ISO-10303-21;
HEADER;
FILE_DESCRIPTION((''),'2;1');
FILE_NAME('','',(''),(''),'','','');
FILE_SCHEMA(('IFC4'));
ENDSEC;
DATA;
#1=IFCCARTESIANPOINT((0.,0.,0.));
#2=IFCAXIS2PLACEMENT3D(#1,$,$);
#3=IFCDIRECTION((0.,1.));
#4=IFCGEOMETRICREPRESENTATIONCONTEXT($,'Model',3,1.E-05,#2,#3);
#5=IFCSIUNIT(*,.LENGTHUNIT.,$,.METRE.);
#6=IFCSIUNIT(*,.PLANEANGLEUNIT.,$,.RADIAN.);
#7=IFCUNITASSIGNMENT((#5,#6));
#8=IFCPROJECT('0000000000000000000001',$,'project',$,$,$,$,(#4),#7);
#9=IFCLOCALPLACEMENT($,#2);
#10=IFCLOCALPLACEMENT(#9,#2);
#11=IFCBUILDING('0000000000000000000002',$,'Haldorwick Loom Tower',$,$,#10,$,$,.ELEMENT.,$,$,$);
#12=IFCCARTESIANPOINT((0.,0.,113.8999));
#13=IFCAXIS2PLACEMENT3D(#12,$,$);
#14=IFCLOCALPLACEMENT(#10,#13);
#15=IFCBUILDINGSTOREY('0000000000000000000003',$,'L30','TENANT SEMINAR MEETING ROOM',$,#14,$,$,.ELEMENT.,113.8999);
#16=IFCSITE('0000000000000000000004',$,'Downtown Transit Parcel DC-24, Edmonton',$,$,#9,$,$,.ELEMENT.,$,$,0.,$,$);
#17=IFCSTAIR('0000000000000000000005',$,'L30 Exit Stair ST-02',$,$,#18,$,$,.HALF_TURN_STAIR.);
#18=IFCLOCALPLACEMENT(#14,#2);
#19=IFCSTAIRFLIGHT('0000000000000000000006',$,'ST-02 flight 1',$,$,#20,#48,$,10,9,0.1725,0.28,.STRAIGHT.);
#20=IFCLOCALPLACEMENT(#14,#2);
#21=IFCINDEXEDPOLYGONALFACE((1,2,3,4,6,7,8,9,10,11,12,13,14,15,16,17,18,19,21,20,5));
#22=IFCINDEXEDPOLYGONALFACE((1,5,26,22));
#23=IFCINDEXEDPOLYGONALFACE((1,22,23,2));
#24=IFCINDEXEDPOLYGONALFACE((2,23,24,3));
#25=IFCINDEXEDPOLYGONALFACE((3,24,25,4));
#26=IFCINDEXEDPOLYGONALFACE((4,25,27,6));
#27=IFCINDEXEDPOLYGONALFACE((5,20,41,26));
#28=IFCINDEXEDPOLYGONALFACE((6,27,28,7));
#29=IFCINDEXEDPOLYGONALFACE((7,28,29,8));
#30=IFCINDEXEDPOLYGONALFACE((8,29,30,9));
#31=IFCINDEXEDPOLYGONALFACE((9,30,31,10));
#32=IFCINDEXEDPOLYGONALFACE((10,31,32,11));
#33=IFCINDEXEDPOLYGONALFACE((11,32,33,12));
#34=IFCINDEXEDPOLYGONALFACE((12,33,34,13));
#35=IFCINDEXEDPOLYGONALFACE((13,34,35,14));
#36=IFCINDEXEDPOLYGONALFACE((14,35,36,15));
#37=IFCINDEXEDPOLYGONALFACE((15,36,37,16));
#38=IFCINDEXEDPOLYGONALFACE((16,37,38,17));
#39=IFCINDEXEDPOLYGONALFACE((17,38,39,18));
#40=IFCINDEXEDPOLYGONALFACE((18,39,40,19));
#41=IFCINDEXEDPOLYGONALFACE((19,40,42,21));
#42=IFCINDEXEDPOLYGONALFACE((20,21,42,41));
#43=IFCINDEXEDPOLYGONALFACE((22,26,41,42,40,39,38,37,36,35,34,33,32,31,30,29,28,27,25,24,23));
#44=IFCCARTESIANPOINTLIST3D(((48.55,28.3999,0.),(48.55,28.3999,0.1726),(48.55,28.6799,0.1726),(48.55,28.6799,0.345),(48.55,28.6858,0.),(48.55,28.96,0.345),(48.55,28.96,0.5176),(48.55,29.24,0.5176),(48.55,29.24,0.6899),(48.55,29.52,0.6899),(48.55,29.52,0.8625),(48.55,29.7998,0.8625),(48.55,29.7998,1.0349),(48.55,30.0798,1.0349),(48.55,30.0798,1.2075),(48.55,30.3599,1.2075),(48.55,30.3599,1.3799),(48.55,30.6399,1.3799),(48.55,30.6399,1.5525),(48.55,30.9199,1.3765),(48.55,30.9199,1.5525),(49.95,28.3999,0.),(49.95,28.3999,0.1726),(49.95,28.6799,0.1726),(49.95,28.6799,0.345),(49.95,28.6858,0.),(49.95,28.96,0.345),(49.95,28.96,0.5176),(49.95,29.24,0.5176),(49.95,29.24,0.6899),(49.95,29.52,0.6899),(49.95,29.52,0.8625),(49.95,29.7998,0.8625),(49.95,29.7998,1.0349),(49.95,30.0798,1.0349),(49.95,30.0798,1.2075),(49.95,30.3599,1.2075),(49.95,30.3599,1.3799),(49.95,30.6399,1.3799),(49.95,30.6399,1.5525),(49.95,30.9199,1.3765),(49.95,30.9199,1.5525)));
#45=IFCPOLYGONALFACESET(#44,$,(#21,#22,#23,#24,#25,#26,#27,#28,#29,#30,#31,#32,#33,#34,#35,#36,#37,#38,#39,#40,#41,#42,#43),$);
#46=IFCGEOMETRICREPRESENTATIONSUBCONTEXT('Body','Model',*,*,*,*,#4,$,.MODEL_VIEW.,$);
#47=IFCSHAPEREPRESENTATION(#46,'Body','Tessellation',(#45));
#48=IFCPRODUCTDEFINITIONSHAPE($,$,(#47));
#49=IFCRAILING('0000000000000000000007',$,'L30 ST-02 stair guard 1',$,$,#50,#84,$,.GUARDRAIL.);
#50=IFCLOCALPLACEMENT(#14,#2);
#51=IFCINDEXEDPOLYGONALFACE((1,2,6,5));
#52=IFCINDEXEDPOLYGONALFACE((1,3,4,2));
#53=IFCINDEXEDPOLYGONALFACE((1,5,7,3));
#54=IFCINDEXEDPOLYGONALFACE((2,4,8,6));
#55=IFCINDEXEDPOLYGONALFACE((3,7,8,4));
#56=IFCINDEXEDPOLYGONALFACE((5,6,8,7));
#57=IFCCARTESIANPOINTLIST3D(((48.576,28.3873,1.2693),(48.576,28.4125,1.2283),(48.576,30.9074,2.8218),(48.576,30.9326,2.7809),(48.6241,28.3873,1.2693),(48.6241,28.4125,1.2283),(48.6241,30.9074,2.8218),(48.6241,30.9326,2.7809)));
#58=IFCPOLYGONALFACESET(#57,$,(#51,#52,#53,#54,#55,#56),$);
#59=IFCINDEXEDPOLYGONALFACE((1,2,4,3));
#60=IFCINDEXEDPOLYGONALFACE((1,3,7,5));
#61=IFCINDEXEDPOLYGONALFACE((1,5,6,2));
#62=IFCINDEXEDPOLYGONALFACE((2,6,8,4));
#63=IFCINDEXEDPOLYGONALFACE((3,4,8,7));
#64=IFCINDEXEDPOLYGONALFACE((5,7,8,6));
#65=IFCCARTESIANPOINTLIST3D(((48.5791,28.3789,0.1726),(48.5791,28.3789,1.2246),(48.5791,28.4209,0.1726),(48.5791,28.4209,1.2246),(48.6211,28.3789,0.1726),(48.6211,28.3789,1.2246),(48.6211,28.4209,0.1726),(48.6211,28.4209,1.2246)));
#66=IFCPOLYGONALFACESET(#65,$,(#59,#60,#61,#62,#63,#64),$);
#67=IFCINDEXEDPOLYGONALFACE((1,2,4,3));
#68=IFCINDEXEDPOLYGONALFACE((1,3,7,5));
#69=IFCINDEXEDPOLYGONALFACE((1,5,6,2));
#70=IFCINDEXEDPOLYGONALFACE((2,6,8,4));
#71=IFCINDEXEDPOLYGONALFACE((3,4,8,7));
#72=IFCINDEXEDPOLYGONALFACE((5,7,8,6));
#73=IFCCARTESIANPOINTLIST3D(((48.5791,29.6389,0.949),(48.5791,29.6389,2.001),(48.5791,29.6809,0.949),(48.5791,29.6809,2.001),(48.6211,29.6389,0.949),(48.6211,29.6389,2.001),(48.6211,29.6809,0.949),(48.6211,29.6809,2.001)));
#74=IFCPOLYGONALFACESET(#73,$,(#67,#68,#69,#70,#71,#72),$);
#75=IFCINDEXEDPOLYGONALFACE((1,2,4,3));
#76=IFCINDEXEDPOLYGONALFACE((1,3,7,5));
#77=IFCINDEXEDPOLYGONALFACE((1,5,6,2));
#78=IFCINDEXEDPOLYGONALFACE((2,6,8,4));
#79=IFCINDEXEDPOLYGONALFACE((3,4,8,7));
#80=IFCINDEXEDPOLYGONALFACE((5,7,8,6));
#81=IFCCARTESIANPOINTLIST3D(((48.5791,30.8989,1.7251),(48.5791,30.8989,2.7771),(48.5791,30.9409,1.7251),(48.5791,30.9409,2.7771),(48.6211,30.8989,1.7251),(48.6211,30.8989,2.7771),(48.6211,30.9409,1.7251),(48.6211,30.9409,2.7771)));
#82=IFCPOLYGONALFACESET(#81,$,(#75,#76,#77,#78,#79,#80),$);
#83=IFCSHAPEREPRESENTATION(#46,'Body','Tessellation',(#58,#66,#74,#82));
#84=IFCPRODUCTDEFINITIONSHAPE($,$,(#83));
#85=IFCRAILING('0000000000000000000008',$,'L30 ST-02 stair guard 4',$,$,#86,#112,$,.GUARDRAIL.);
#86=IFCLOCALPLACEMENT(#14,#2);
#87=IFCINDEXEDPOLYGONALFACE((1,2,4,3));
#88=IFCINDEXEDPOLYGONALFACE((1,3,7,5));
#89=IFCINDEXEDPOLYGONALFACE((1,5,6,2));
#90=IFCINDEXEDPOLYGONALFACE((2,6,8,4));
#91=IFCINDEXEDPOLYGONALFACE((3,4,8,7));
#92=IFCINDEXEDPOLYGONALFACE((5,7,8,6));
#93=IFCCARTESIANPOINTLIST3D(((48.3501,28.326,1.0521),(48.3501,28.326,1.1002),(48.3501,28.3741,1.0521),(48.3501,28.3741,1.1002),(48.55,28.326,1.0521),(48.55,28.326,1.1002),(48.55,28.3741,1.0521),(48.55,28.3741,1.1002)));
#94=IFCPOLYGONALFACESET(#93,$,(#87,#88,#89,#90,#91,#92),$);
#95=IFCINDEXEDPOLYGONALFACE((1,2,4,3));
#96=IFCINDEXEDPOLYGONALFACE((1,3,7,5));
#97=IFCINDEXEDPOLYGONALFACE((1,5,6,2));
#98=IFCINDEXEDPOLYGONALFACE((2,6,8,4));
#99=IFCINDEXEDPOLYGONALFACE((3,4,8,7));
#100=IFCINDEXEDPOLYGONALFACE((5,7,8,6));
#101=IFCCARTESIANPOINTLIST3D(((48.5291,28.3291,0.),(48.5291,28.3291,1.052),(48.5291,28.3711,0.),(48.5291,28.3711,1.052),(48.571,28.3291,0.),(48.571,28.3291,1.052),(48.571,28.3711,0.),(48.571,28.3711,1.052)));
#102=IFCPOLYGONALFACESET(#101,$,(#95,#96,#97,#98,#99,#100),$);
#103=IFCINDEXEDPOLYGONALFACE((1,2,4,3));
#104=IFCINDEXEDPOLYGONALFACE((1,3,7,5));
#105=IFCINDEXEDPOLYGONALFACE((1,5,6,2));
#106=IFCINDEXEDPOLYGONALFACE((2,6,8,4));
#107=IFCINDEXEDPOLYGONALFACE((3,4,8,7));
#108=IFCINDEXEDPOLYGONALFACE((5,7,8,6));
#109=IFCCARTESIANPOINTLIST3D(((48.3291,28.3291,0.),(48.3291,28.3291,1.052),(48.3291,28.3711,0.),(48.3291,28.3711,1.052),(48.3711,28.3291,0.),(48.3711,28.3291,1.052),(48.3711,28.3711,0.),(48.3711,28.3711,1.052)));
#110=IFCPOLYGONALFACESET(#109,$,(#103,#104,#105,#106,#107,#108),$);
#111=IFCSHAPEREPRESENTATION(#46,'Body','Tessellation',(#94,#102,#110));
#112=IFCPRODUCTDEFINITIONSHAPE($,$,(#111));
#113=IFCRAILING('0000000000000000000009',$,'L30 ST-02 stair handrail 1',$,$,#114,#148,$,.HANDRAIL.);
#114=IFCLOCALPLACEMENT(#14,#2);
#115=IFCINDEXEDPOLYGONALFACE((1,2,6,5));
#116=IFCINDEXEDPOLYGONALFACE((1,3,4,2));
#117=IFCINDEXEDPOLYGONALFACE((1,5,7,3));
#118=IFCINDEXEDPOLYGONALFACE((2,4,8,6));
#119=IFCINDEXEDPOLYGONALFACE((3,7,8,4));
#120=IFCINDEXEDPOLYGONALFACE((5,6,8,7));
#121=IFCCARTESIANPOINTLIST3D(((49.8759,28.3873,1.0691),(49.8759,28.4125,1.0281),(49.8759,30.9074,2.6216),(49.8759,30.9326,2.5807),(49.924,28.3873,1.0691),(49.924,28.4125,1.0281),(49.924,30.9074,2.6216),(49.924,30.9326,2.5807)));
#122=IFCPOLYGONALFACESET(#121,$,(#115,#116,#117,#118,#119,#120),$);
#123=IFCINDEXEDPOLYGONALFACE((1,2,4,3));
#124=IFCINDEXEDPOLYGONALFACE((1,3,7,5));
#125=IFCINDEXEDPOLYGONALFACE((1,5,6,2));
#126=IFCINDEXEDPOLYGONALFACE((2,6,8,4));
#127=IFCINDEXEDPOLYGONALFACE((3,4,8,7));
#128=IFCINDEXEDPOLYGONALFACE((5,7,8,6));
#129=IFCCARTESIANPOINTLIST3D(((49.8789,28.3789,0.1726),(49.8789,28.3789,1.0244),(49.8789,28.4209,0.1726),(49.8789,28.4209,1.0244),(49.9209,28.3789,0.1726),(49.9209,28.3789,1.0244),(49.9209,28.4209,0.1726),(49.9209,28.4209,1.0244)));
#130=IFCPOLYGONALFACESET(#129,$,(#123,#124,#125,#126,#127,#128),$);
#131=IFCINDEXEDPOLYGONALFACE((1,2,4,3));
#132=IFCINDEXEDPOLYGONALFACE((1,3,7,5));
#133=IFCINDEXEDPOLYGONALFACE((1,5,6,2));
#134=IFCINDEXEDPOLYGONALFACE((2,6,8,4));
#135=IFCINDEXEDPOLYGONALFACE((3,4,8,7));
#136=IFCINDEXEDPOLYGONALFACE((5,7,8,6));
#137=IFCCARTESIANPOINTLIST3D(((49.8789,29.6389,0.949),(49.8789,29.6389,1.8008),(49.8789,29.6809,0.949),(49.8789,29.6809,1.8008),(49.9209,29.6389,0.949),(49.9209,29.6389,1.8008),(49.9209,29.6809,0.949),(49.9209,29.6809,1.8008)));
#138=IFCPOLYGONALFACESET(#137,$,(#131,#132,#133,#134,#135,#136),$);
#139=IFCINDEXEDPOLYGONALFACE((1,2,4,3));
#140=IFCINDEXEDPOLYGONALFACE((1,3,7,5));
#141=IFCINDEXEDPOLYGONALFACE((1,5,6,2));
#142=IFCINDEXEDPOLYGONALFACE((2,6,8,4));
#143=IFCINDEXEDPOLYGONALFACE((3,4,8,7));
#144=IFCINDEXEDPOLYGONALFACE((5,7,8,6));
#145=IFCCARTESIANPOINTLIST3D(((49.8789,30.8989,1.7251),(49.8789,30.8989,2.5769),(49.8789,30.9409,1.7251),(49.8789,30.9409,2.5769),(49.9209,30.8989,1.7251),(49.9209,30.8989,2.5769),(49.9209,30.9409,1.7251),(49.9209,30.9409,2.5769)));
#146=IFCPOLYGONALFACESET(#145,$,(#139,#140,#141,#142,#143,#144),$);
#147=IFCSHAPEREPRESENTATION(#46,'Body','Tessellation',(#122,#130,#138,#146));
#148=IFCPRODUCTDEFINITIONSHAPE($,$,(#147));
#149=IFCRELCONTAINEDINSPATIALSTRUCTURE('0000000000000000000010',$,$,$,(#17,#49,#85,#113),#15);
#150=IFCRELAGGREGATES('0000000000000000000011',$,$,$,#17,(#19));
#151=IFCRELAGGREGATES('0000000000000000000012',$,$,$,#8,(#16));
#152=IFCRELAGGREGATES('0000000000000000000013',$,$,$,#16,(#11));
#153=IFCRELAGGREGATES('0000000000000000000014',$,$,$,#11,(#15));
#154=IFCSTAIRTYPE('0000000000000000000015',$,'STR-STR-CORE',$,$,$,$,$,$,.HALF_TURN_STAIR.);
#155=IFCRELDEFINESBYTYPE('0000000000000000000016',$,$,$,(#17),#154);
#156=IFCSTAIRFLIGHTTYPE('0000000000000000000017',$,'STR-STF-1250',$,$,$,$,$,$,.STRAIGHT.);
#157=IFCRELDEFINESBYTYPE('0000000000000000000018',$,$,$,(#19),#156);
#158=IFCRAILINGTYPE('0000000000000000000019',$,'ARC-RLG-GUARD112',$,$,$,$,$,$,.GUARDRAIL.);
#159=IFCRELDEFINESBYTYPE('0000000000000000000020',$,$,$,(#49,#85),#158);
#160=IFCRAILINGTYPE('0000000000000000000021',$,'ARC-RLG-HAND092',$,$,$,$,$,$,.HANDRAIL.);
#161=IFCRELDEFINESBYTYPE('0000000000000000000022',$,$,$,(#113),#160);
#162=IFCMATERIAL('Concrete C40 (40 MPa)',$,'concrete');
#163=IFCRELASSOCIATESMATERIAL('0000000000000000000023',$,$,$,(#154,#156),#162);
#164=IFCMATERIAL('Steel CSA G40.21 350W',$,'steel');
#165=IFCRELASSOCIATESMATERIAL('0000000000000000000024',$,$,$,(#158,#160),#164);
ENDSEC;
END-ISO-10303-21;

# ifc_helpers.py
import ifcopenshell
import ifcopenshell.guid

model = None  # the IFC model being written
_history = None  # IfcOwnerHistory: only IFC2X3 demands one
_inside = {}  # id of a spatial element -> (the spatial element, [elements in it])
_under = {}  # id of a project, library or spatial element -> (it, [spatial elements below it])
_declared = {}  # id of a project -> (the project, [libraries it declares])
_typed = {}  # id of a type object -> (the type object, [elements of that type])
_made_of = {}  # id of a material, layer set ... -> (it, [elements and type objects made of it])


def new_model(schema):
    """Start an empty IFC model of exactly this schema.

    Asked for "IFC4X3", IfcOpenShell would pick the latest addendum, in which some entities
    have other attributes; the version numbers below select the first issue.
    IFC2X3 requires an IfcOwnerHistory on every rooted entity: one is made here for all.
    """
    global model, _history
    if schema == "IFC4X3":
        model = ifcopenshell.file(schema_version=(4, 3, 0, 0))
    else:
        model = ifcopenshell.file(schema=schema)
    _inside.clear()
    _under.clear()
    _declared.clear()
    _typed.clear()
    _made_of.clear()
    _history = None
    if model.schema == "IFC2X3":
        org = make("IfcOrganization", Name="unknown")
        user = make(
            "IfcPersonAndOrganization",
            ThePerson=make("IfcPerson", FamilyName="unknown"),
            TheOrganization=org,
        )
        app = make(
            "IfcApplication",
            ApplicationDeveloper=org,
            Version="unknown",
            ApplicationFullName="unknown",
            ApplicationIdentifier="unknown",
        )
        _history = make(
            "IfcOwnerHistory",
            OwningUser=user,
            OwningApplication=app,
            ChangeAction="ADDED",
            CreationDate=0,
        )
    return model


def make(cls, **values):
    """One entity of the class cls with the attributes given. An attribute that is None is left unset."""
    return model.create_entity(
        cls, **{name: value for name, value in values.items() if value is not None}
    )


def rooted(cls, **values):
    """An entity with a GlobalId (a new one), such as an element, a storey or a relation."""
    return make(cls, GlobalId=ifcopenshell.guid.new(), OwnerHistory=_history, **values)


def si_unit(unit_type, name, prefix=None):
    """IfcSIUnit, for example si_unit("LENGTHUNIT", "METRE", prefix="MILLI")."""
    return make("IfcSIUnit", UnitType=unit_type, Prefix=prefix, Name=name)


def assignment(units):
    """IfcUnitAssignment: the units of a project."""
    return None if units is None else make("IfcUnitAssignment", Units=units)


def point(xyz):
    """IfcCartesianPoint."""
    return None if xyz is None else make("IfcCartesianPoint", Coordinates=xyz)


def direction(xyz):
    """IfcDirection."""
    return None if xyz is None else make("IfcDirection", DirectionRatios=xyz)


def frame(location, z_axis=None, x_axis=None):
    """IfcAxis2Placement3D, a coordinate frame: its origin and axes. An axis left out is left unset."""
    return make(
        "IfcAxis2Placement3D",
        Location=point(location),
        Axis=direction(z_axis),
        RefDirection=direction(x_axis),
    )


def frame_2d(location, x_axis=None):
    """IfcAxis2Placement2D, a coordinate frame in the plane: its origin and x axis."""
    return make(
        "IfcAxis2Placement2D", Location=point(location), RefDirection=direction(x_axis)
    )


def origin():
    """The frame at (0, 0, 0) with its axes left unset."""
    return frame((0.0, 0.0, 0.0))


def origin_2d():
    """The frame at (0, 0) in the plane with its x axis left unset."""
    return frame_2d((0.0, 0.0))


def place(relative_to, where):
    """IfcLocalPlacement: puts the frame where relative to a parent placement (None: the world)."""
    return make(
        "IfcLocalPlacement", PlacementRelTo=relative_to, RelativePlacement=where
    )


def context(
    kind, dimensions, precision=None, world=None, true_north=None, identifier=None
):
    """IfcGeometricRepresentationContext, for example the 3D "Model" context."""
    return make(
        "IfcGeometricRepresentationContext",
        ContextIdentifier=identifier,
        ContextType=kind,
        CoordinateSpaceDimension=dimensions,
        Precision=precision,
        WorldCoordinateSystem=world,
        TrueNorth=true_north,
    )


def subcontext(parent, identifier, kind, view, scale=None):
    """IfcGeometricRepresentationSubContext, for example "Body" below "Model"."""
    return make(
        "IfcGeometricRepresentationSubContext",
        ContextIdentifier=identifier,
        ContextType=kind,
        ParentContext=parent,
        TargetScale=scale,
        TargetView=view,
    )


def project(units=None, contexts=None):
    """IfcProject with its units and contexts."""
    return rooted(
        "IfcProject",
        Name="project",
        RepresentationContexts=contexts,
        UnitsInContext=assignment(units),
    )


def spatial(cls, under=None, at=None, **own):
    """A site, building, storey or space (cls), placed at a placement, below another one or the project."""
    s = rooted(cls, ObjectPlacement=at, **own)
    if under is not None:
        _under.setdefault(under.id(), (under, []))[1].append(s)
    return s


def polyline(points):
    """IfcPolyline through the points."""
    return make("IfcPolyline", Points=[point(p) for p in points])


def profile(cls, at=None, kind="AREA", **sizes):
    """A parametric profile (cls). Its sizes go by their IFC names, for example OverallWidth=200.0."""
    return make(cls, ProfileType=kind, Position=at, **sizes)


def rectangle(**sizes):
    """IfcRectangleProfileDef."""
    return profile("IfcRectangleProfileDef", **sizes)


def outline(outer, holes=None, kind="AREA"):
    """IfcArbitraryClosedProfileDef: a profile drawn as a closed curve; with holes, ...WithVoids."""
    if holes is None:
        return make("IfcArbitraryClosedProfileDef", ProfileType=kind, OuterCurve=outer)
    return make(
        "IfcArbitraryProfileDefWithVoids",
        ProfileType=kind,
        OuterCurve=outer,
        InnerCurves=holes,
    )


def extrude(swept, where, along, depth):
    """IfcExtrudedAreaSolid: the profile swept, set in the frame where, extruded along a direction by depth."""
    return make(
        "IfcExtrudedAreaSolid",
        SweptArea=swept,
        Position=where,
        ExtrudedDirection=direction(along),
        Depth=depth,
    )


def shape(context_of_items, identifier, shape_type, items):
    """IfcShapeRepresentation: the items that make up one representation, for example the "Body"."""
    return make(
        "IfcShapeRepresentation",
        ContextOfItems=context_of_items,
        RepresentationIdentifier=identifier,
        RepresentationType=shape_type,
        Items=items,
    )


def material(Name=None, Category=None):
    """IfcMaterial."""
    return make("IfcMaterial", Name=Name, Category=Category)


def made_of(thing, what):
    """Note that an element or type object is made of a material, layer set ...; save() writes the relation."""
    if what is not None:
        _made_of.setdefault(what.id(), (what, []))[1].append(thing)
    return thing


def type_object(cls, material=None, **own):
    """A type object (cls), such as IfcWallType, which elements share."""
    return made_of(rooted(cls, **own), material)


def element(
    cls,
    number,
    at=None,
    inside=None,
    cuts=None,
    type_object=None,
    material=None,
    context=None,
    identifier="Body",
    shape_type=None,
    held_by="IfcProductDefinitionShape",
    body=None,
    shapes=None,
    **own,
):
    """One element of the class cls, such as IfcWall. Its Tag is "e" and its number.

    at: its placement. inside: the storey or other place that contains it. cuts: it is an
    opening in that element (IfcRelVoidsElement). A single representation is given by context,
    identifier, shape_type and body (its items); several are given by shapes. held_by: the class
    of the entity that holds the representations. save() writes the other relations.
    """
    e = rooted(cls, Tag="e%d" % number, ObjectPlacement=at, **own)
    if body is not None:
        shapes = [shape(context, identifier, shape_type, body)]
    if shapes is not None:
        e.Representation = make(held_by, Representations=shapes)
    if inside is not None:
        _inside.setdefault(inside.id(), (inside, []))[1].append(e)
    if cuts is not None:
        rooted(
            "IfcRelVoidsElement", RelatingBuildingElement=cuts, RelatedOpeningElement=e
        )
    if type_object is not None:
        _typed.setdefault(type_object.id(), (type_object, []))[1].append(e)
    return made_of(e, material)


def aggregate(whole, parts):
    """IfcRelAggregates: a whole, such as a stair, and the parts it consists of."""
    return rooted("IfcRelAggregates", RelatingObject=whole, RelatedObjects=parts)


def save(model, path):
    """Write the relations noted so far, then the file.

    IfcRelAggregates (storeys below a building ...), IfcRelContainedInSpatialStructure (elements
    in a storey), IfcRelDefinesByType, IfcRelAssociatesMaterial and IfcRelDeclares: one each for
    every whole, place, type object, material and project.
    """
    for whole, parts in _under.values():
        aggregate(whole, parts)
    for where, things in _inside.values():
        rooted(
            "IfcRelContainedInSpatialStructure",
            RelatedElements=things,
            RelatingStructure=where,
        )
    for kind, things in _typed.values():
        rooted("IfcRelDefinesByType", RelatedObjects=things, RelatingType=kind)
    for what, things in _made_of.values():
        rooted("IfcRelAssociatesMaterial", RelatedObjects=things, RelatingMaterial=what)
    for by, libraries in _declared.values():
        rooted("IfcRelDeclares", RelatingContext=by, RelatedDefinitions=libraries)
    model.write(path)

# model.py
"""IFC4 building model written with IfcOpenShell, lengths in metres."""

from ifc_helpers import new_model, si_unit, direction, frame, origin, origin_2d, place, context, subcontext, project, spatial, polyline, rectangle, outline, extrude, material, type_object, element, aggregate, save


model = new_model("IFC4")

# Units and contexts
model_context = context("Model", 3, precision=1e-05, world=origin(), true_north=direction((0.0, 1.0)))
body_context = subcontext(model_context, "Body", "Model", "MODEL_VIEW")
ifc_project = project(units=[si_unit("LENGTHUNIT", "METRE"), si_unit("PLANEANGLEUNIT", "RADIAN")], contexts=[model_context])

# Site, building, storey
site_placement = place(None, origin())
site = spatial("IfcSite", under=ifc_project, at=site_placement, Name="Downtown Transit Parcel DC-24, Edmonton", CompositionType="ELEMENT", RefElevation=0.0)
building_placement = place(site_placement, origin())
building = spatial("IfcBuilding", under=site, at=building_placement, Name="Haldorwick Loom Tower", CompositionType="ELEMENT")
storey_placement = place(building_placement, frame((0.0, 0.0, 113.8999)))
storey = spatial("IfcBuildingStorey", under=building, at=storey_placement, Name="L30", Description="TENANT SEMINAR MEETING ROOM", CompositionType="ELEMENT", Elevation=113.8999)

# Shared definitions
ifc_material_1 = material(Name="Steel CSA G40.21 350W", Category="steel")

# Stair, stair flight
ifc_material_2 = material(Name="Concrete C40 (40 MPa)", Category="concrete")
stair_type = type_object("IfcStairType", Name="STR-STR-CORE", PredefinedType="HALF_TURN_STAIR", material=ifc_material_2)
stair_placement = place(storey_placement, origin())
stair = element("IfcStair", 1, at=stair_placement, inside=storey, type_object=stair_type, Name="L30 Exit Stair ST-02", PredefinedType="HALF_TURN_STAIR")
stair_flight_type = type_object("IfcStairFlightType", Name="STR-STF-1250", PredefinedType="STRAIGHT", material=ifc_material_2)
stair_flight_placement = place(storey_placement, frame((49.25, 28.3999, 0.0), z_axis=(0.0, 0.0, 1.0), x_axis=(0.0, 1.0, 0.0)))
stair_flight = element("IfcStairFlight", 2, at=stair_flight_placement, type_object=stair_flight_type, Name="ST-02 flight 1", NumberOfRisers=10, NumberOfTreads=9, PredefinedType="STRAIGHT", RiserHeight=0.1725, TreadLength=0.28, context=body_context, shape_type="SweptSolid", body=[
    extrude(outline(polyline([(0.0, 0.0), (0.0, 0.1726), (0.28, 0.1726), (0.28, 0.345), (0.5601, 0.345), (0.5601, 0.5176), (0.8401, 0.5176), (0.8401, 0.6899), (1.1201, 0.6899), (1.1201, 0.8625), (1.3999, 0.8625), (1.3999, 1.0349), (1.6799, 1.0349), (1.6799, 1.2075), (1.96, 1.2075), (1.96, 1.3799), (2.24, 1.3799), (2.24, 1.5525), (2.52, 1.5525), (2.52, 1.7251), (2.52, 1.3765), (0.2859, 0.0), (0.0, 0.0)])), frame((0.0, 0.7, 0.0), z_axis=(0.0, -1.0, 0.0), x_axis=(1.0, 0.0, 0.0)), (0.0, 0.0, 1.0), 1.3999),
])
aggregate(stair, [stair_flight])

# Railings
railing_type_1 = type_object("IfcRailingType", Name="ARC-RLG-GUARD112", PredefinedType="GUARDRAIL", material=ifc_material_1)
railing_1_placement = place(storey_placement, frame((48.6001, 28.3999, 0.1726)))
element("IfcRailing", 3, at=railing_1_placement, inside=storey, type_object=railing_type_1, Name="L30 ST-02 stair guard 1", PredefinedType="GUARDRAIL", context=body_context, shape_type="SweptSolid", body=[
    extrude(rectangle(XDim=0.0481, YDim=0.0481, at=origin_2d()), frame((0.0, 0.0, 1.0762), z_axis=(0.0, 0.8514, 0.524516), x_axis=(-1.0, 0.0, 0.0)), (0.0, 0.0, 1.0), 2.96),
    extrude(rectangle(XDim=0.042, YDim=0.042, at=origin_2d()), origin(), (0.0, 0.0, 1.0), 1.052),
    extrude(rectangle(XDim=0.042, YDim=0.042, at=origin_2d()), frame((0.0, 1.26, 0.7764)), (0.0, 0.0, 1.0), 1.052),
    extrude(rectangle(XDim=0.042, YDim=0.042, at=origin_2d()), frame((0.0, 2.52, 1.5525)), (0.0, 0.0, 1.0), 1.052),
])
railing_2_placement = place(storey_placement, frame((48.55, 28.3501, 0.0)))
element("IfcRailing", 4, at=railing_2_placement, inside=storey, type_object=railing_type_1, Name="L30 ST-02 stair guard 4", PredefinedType="GUARDRAIL", context=body_context, shape_type="SweptSolid", body=[
    extrude(rectangle(XDim=0.0481, YDim=0.0481, at=origin_2d()), frame((0.0, 0.0, 1.0762), z_axis=(-1.0, 0.0, 0.0), x_axis=(0.0, -1.0, 0.0)), (0.0, 0.0, 1.0), 0.2),
    extrude(rectangle(XDim=0.042, YDim=0.042, at=origin_2d()), origin(), (0.0, 0.0, 1.0), 1.052),
    extrude(rectangle(XDim=0.042, YDim=0.042, at=origin_2d()), frame((-0.2, 0.0, 0.0)), (0.0, 0.0, 1.0), 1.052),
])
railing_type_2 = type_object("IfcRailingType", Name="ARC-RLG-HAND092", PredefinedType="HANDRAIL", material=ifc_material_1)
railing_3_placement = place(storey_placement, frame((49.8999, 28.3999, 0.1726)))
element("IfcRailing", 5, at=railing_3_placement, inside=storey, type_object=railing_type_2, Name="L30 ST-02 stair handrail 1", PredefinedType="HANDRAIL", context=body_context, shape_type="SweptSolid", body=[
    extrude(rectangle(XDim=0.0481, YDim=0.0481, at=origin_2d()), frame((0.0, 0.0, 0.876), z_axis=(0.0, 0.8514, 0.524516), x_axis=(-1.0, 0.0, 0.0)), (0.0, 0.0, 1.0), 2.96),
    extrude(rectangle(XDim=0.042, YDim=0.042, at=origin_2d()), origin(), (0.0, 0.0, 1.0), 0.8518),
    extrude(rectangle(XDim=0.042, YDim=0.042, at=origin_2d()), frame((0.0, 1.26, 0.7764)), (0.0, 0.0, 1.0), 0.8518),
    extrude(rectangle(XDim=0.042, YDim=0.042, at=origin_2d()), frame((0.0, 2.52, 1.5525)), (0.0, 0.0, 1.0), 0.8518),
])

save(model, "model.ifc")
